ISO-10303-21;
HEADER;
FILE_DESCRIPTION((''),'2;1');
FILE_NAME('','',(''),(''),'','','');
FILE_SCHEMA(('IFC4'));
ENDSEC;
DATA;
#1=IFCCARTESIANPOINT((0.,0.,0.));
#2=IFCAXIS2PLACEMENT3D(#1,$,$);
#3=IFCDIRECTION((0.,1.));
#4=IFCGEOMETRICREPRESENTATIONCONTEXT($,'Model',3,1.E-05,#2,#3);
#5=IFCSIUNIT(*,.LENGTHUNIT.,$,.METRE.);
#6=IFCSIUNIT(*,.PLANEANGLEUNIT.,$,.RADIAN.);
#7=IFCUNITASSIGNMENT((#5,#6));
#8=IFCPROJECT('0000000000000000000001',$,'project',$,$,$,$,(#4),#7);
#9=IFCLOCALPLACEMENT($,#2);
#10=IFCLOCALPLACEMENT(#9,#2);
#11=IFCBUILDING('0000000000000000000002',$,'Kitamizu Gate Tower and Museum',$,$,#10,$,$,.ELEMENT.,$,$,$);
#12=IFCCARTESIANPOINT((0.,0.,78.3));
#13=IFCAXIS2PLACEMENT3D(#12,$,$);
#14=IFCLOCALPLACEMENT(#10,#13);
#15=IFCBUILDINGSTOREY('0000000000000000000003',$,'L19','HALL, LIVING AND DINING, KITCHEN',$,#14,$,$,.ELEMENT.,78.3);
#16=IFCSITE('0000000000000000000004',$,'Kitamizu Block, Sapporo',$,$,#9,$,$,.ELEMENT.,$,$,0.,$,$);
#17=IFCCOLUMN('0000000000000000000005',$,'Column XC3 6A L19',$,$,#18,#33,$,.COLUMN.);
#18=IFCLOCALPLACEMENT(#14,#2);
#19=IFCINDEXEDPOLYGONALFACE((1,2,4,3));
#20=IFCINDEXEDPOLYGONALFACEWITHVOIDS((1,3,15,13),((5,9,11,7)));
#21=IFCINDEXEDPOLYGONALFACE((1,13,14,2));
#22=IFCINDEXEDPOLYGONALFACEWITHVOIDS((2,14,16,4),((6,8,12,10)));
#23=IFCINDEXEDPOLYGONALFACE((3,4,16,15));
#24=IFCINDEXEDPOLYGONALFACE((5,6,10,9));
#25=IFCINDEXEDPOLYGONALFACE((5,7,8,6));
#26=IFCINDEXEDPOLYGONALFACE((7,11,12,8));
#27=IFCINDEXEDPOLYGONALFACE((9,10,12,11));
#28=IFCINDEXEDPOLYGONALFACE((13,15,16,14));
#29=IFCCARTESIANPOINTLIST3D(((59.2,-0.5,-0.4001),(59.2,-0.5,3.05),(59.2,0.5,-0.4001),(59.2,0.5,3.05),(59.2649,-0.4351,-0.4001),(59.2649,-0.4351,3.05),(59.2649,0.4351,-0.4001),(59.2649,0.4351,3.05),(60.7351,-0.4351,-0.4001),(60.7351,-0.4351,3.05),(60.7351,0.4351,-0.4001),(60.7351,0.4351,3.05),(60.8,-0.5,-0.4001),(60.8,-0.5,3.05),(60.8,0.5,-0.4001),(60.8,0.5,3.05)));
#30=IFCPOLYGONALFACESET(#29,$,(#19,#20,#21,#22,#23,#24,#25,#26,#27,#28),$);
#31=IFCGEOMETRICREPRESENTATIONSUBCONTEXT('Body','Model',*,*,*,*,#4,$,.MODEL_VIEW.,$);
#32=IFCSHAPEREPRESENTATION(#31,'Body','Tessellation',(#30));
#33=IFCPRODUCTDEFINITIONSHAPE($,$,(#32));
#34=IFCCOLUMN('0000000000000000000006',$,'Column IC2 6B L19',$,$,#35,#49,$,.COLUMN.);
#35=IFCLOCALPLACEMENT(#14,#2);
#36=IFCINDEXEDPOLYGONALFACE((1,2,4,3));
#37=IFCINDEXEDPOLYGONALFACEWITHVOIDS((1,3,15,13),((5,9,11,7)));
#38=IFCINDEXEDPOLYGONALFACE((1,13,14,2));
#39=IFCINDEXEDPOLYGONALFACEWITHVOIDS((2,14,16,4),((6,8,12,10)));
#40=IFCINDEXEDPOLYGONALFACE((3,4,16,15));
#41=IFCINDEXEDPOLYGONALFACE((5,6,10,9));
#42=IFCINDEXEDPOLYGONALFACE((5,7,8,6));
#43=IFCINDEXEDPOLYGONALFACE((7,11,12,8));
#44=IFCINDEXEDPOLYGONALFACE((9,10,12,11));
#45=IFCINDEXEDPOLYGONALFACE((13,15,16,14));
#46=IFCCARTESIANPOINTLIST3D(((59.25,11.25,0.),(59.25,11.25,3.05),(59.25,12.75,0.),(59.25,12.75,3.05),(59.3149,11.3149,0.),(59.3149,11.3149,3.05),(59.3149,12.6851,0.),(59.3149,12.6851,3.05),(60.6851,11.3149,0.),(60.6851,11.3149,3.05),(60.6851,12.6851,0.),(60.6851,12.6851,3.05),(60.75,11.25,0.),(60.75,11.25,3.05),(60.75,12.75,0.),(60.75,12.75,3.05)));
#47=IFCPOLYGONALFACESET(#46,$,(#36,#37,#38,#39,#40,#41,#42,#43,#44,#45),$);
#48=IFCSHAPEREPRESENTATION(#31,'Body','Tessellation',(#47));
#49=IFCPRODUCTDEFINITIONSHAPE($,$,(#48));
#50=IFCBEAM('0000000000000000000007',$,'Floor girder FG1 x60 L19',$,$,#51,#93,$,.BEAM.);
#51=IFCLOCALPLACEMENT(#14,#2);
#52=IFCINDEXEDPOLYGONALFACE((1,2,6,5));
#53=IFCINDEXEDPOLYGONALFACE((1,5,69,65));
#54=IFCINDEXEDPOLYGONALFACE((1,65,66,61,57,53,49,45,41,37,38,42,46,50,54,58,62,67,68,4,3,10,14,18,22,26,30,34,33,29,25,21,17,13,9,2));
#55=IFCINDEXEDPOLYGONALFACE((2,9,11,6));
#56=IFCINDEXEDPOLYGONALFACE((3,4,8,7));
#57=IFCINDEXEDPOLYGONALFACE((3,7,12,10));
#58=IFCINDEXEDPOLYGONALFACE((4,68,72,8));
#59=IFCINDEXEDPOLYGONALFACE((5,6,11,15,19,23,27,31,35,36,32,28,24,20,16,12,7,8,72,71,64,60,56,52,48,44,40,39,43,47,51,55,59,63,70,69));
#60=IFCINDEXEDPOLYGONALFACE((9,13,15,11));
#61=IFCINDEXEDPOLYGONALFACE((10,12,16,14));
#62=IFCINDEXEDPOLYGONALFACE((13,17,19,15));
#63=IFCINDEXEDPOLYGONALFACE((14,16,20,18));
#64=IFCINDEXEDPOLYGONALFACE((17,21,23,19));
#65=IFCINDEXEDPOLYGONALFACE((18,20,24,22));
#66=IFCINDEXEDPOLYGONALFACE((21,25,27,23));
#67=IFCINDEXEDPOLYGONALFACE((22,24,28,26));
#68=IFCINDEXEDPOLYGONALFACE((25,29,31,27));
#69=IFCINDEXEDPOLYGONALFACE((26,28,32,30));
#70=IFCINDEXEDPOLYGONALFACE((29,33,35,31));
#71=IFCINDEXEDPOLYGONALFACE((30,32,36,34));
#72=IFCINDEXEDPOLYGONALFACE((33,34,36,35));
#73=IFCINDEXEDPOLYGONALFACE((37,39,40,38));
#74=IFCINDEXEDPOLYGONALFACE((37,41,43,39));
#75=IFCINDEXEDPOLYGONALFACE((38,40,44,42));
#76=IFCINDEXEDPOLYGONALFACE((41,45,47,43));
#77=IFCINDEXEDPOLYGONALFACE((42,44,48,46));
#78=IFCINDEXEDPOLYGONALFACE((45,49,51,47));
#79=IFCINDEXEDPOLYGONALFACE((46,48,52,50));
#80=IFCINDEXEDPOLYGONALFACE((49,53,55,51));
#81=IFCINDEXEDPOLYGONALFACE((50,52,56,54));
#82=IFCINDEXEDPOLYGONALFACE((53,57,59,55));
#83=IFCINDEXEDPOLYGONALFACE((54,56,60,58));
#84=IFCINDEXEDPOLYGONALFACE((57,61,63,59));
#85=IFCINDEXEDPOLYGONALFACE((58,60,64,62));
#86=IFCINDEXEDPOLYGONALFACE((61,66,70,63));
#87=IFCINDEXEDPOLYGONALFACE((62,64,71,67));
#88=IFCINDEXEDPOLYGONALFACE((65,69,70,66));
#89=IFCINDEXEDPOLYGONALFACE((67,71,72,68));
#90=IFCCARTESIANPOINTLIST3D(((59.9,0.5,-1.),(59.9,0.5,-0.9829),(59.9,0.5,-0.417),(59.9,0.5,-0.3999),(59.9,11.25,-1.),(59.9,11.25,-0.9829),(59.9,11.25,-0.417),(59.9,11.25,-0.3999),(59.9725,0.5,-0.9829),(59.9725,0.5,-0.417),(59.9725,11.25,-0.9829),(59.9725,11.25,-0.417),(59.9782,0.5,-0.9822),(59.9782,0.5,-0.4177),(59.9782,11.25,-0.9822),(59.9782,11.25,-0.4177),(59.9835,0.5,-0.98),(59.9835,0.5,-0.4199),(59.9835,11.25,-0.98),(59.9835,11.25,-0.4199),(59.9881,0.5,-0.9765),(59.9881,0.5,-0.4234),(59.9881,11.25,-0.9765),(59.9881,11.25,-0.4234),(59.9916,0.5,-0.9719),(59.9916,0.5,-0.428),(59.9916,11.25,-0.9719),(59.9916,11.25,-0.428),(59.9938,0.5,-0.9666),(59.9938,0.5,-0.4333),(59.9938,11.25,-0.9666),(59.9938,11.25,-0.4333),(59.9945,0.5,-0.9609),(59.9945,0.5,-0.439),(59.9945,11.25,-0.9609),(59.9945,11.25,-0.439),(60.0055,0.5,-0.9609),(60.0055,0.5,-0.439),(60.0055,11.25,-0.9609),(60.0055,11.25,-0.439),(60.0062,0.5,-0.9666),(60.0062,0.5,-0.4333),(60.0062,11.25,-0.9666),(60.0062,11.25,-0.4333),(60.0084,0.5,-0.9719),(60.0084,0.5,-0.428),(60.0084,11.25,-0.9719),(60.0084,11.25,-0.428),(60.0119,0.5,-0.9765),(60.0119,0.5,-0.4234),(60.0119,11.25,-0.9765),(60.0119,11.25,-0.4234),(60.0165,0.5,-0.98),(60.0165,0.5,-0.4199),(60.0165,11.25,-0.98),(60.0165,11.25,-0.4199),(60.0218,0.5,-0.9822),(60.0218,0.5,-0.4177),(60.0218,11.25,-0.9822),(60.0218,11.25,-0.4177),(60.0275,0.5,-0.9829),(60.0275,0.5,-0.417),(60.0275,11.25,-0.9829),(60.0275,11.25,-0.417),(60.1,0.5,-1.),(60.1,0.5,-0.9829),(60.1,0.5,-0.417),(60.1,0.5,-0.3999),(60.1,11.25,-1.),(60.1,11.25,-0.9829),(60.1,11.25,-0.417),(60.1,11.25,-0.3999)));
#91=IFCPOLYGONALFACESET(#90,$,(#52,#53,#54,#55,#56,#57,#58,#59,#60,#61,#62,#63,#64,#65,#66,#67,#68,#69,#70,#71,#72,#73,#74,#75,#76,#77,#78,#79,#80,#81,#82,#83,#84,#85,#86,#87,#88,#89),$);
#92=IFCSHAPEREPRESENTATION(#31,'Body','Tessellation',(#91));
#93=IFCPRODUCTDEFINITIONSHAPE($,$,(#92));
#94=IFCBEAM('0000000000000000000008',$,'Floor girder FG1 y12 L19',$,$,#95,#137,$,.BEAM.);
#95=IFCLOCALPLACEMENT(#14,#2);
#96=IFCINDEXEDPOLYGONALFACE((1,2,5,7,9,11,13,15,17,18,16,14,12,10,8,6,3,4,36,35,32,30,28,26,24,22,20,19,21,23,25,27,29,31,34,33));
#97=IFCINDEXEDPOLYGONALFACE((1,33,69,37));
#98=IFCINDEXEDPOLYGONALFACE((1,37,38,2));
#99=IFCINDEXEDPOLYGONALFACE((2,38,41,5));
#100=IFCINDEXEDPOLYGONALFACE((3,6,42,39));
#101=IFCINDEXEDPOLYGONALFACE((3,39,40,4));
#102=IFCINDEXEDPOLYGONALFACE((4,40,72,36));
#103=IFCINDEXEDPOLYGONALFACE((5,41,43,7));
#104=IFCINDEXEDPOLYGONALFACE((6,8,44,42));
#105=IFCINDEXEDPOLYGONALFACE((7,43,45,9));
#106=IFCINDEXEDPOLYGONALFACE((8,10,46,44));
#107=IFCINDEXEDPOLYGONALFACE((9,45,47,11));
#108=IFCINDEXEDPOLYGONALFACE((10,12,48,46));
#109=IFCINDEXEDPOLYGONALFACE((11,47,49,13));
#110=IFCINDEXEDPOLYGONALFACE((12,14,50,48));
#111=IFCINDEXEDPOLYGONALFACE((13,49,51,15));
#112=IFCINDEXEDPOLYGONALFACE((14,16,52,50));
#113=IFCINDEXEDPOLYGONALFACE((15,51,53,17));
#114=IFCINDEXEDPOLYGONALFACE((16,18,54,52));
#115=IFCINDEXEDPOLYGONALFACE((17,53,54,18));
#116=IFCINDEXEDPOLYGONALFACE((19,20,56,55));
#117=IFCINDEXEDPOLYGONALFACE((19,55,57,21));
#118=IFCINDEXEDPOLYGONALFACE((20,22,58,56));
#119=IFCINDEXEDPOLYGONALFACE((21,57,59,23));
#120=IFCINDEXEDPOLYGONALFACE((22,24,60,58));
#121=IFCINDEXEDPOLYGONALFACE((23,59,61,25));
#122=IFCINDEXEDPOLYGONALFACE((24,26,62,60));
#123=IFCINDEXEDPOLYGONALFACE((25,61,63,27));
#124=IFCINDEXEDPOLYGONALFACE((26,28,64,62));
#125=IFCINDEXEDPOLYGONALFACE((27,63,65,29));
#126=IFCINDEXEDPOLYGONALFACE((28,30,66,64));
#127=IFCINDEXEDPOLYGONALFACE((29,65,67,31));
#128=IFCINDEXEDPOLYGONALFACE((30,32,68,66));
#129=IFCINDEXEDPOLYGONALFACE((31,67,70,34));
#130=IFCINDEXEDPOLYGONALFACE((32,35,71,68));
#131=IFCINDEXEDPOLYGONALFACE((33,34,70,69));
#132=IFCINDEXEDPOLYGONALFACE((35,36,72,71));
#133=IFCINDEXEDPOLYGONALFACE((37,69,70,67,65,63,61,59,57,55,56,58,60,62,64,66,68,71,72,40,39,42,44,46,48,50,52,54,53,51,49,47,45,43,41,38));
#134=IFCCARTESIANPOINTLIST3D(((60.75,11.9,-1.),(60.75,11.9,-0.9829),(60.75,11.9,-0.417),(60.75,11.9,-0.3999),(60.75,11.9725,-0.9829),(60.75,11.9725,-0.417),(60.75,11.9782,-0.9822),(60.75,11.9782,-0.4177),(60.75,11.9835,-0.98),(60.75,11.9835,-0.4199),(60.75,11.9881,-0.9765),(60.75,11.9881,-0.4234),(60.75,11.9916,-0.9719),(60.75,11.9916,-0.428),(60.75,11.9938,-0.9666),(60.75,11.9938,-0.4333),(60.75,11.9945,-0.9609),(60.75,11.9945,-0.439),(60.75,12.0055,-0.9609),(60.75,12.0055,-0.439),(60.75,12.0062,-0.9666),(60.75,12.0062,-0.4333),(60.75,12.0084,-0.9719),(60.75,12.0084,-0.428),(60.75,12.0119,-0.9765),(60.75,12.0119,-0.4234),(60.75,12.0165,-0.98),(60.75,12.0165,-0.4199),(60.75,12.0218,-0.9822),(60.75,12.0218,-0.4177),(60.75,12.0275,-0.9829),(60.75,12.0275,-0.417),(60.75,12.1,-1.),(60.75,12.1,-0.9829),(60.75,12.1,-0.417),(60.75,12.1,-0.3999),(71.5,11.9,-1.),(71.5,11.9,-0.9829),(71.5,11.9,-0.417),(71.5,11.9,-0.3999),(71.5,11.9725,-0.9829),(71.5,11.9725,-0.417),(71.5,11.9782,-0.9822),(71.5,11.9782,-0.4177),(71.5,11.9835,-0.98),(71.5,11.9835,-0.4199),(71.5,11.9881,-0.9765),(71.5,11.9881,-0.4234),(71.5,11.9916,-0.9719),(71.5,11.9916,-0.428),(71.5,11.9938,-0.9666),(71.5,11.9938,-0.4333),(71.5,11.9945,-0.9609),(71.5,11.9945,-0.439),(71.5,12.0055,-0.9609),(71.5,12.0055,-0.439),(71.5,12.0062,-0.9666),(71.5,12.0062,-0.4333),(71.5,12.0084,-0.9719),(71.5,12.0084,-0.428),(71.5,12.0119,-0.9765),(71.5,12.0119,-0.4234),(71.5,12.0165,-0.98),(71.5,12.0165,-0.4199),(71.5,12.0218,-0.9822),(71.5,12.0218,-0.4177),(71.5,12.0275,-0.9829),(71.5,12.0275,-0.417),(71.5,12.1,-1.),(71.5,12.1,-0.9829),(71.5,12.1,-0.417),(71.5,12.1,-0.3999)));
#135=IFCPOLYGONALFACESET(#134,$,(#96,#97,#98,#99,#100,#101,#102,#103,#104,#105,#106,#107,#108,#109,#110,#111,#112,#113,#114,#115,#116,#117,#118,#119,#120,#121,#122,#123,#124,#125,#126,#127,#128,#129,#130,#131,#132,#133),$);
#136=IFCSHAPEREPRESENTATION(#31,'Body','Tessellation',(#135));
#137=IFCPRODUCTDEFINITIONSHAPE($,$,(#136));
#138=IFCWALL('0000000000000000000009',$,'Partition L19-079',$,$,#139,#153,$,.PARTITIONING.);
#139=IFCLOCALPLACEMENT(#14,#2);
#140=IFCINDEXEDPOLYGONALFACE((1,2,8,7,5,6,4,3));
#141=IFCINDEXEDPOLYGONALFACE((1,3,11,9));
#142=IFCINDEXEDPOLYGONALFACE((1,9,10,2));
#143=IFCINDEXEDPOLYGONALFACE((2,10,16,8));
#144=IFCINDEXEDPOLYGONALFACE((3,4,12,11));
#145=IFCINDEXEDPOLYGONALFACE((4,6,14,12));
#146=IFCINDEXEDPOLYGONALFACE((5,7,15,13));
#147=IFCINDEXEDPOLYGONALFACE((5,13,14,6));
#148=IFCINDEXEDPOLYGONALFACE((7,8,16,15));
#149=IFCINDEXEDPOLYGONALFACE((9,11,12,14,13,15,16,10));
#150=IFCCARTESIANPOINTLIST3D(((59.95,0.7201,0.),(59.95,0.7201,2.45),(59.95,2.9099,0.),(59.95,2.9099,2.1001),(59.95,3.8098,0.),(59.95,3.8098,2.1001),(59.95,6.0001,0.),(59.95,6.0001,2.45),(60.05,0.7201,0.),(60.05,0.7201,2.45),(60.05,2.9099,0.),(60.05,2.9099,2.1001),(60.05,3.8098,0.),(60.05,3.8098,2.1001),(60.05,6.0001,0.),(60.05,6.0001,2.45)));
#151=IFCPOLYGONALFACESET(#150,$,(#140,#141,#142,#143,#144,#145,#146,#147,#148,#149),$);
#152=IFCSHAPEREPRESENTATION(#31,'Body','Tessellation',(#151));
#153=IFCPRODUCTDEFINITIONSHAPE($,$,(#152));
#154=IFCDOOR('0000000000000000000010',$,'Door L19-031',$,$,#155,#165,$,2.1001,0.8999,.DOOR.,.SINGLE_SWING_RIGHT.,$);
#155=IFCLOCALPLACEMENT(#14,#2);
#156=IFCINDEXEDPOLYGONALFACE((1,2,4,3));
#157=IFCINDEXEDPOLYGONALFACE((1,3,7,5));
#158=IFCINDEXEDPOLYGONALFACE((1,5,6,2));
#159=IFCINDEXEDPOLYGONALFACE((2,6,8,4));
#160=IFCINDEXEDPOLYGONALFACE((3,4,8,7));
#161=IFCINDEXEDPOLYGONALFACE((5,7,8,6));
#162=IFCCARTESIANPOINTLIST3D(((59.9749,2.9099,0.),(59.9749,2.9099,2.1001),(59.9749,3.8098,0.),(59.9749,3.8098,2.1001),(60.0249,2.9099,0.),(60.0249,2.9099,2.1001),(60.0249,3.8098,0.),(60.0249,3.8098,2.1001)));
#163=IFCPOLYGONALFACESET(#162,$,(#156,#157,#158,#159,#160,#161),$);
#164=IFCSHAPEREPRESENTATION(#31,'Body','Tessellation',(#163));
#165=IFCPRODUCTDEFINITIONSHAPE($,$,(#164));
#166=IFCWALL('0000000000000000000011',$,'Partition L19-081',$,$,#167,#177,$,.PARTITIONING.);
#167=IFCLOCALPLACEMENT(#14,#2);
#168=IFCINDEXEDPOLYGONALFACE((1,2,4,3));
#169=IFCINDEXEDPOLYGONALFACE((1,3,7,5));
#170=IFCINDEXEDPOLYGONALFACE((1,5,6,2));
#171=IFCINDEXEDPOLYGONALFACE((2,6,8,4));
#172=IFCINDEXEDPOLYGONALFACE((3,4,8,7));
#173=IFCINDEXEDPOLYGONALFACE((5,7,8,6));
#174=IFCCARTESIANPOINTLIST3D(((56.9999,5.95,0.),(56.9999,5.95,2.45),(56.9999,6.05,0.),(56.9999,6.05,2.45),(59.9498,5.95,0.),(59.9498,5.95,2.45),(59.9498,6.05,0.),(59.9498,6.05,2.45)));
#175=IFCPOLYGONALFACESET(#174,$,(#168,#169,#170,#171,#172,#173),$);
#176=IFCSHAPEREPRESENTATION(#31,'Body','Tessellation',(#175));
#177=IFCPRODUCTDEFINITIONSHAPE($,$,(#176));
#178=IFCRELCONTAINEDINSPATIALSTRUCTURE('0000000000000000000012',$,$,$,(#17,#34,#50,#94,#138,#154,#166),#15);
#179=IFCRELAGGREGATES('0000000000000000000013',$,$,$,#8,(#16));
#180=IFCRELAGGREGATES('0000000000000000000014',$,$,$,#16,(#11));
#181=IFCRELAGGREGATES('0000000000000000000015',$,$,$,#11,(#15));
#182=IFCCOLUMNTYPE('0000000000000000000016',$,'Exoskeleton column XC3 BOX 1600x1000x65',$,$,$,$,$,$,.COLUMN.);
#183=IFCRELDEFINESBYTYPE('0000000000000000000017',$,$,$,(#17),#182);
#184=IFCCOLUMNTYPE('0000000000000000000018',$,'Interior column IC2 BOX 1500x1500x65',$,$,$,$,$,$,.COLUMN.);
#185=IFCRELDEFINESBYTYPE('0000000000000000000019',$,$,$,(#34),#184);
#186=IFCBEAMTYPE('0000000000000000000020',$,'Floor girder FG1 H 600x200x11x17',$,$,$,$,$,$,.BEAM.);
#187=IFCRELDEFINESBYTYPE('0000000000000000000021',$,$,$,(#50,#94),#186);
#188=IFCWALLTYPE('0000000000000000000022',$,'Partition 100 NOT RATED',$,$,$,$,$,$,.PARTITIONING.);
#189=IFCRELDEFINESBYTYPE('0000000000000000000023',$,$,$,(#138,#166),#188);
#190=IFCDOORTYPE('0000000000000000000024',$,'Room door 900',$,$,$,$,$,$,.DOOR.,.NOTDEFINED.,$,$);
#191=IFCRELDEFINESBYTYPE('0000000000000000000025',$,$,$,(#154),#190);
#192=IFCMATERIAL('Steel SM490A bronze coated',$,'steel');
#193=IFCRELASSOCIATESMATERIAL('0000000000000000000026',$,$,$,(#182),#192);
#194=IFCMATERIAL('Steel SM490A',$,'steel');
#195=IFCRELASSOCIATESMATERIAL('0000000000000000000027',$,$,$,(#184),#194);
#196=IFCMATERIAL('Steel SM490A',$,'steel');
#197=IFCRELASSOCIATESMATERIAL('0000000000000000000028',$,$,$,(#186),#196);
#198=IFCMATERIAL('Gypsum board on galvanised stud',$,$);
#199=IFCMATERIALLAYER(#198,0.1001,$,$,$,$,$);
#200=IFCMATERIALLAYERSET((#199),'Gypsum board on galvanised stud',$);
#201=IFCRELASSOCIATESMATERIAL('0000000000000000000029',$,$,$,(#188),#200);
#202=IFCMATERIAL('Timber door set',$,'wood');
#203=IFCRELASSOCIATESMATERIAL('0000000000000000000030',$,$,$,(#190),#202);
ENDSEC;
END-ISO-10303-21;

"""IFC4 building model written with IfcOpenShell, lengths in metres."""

from ifc_helpers import new_model, si_unit, direction, frame, frame_2d, origin, origin_2d, place, context, subcontext, project, spatial, rectangle, hollow_rectangle, i_section, extrude, material, layer, layer_set, material_profile, profile_set, type_object, element, fill, save


model = new_model("IFC4")

# Units and contexts
model_context = context("Model", 3, precision=1e-05, world=origin(), true_north=direction((0.0, 1.0)))
body_context = subcontext(model_context, "Body", "Model", "MODEL_VIEW")
ifc_project = project(units=[si_unit("LENGTHUNIT", "METRE"), si_unit("PLANEANGLEUNIT", "RADIAN")], contexts=[model_context])

# Site, building, storey
site_placement = place(None, origin())
site = spatial("IfcSite", under=ifc_project, at=site_placement, Name="Kitamizu Block, Sapporo", CompositionType="ELEMENT", RefElevation=0.0)
building_placement = place(site_placement, origin())
building = spatial("IfcBuilding", under=site, at=building_placement, Name="Kitamizu Gate Tower and Museum", CompositionType="ELEMENT")
storey_placement = place(building_placement, frame((0.0, 0.0, 78.3)))
storey = spatial("IfcBuildingStorey", under=building, at=storey_placement, Name="L19", Description="HALL, LIVING AND DINING, KITCHEN", CompositionType="ELEMENT", Elevation=78.3)

# Columns
ifc_material_1 = material(Name="Steel SM490A bronze coated", Category="steel")
ifc_material_profile_1 = material_profile(ifc_material_1, hollow_rectangle(XDim=1.6001, YDim=1.0, WallThickness=0.0649, at=origin_2d()), Name="BOX 1600x1000x65")
ifc_profile_set_1 = profile_set([ifc_material_profile_1], Name="Steel SM490A bronze coated")
column_type_1 = type_object("IfcColumnType", Name="Exoskeleton column XC3 BOX 1600x1000x65", PredefinedType="COLUMN", material=ifc_profile_set_1)
column_1_placement = place(storey_placement, frame((60.0, 0.0, -0.4001), z_axis=(0.0, 0.0, 1.0), x_axis=(1.0, 0.0, 0.0)))
element("IfcColumn", 1, at=column_1_placement, inside=storey, type_object=column_type_1, Name="Column XC3 6A L19", PredefinedType="COLUMN", context=body_context, shape_type="SweptSolid", body=[
    extrude(hollow_rectangle(XDim=1.6001, YDim=1.0, WallThickness=0.0649, at=origin_2d()), origin(), (0.0, 0.0, 1.0), 3.4502),
])
ifc_material_2 = material(Name="Steel SM490A", Category="steel")
ifc_material_profile_2 = material_profile(ifc_material_2, hollow_rectangle(XDim=1.5, YDim=1.5, WallThickness=0.0649, at=origin_2d()), Name="BOX 1500x1500x65")
ifc_profile_set_2 = profile_set([ifc_material_profile_2], Name="Steel SM490A")
column_type_2 = type_object("IfcColumnType", Name="Interior column IC2 BOX 1500x1500x65", PredefinedType="COLUMN", material=ifc_profile_set_2)
column_2_placement = place(storey_placement, frame((60.0, 12.0, 0.0), z_axis=(0.0, 0.0, 1.0), x_axis=(1.0, 0.0, 0.0)))
element("IfcColumn", 2, at=column_2_placement, inside=storey, type_object=column_type_2, Name="Column IC2 6B L19", PredefinedType="COLUMN", context=body_context, shape_type="SweptSolid", body=[
    extrude(hollow_rectangle(XDim=1.5, YDim=1.5, WallThickness=0.0649, at=origin_2d()), origin(), (0.0, 0.0, 1.0), 3.05),
])

# Beams
ifc_material_3 = material(Name="Steel SM490A", Category="steel")
ifc_material_profile_3 = material_profile(ifc_material_3, i_section(OverallWidth=0.2, OverallDepth=0.6001, WebThickness=0.011, FlangeThickness=0.0171, FilletRadius=0.022, at=origin_2d()), Name="H-600x200x11x17")
ifc_profile_set_3 = profile_set([ifc_material_profile_3], Name="Steel SM490A")
beam_type = type_object("IfcBeamType", Name="Floor girder FG1 H 600x200x11x17", PredefinedType="BEAM", material=ifc_profile_set_3)
for number, where, z_axis, x_axis, name in (
    (3, (60.0, 0.5, -0.7), (0.0, 1.0, 0.0), (-1.0, 0.0, 0.0), "Floor girder FG1 x60 L19"),
    (4, (60.75, 12.0, -0.7), (1.0, 0.0, 0.0), (0.0, 1.0, 0.0), "Floor girder FG1 y12 L19"),
):
    element("IfcBeam", number, at=place(storey_placement, frame(where, z_axis=z_axis, x_axis=x_axis)), inside=storey, type_object=beam_type, Name=name, PredefinedType="BEAM", context=body_context, shape_type="SweptSolid", body=[
        extrude(i_section(OverallWidth=0.2, OverallDepth=0.6001, WebThickness=0.011, FlangeThickness=0.0171, FilletRadius=0.022, at=origin_2d()), origin(), (0.0, 0.0, 1.0), 10.75),
    ])

# Wall, opening, door
ifc_material_4 = material(Name="Gypsum board on galvanised stud")
ifc_layer_1 = layer(ifc_material_4, 0.1001)
ifc_layer_set_1 = layer_set([ifc_layer_1], Name="Gypsum board on galvanised stud")
wall_type_1 = type_object("IfcWallType", Name="Partition 100 NOT RATED", PredefinedType="PARTITIONING", material=ifc_layer_set_1)
wall_1_placement = place(storey_placement, frame((60.0, 0.72, 0.0), z_axis=(0.0, 0.0, 1.0), x_axis=(0.0, 1.0, 0.0)))
wall_1 = element("IfcWall", 5, at=wall_1_placement, inside=storey, type_object=wall_type_1, Name="Partition L19-079", PredefinedType="PARTITIONING", context=body_context, shape_type="SweptSolid", body=[
    extrude(rectangle(XDim=5.28, YDim=0.1001, at=frame_2d((2.6401, 0.0))), origin(), (0.0, 0.0, 1.0), 2.45),
])
opening_1_placement = place(wall_1_placement, frame((2.1899, 0.0, 0.0)))
opening_1 = element("IfcOpeningElement", 6, at=opening_1_placement, cuts=wall_1, PredefinedType="OPENING", context=body_context, shape_type="SweptSolid", body=[
    extrude(rectangle(XDim=0.8999, YDim=2.1001, at=frame_2d((0.45, 1.05))), frame((0.0, 0.0601, 0.0), z_axis=(0.0, -1.0, 0.0), x_axis=(1.0, 0.0, 0.0)), (0.0, 0.0, 1.0), 0.1201),
])
ifc_material_5 = material(Name="Timber door set", Category="wood")
door_type = type_object("IfcDoorType", Name="Room door 900", OperationType="NOTDEFINED", PredefinedType="DOOR", material=ifc_material_5)
door_1_placement = place(opening_1_placement, frame((0.8999, 0.0, 0.0), x_axis=(-1.0, 0.0, 0.0)))
door_1 = element("IfcDoor", 7, at=door_1_placement, inside=storey, type_object=door_type, Name="Door L19-031", OperationType="SINGLE_SWING_RIGHT", OverallHeight=2.1001, OverallWidth=0.8999, PredefinedType="DOOR", context=body_context, shape_type="SweptSolid", body=[
    extrude(rectangle(XDim=0.8999, YDim=2.1001, at=frame_2d((0.45, 1.05))), frame((0.0, 0.0249, 0.0), z_axis=(0.0, -1.0, 0.0), x_axis=(1.0, 0.0, 0.0)), (0.0, 0.0, 1.0), 0.05),
])
fill(opening_1, door_1)

# Wall
wall_2_placement = place(storey_placement, frame((59.95, 6.0, 0.0), z_axis=(0.0, 0.0, 1.0), x_axis=(-1.0, 0.0, 0.0)))
element("IfcWall", 8, at=wall_2_placement, inside=storey, type_object=wall_type_1, Name="Partition L19-081", PredefinedType="PARTITIONING", context=body_context, shape_type="SweptSolid", body=[
    extrude(rectangle(XDim=2.95, YDim=0.1001, at=frame_2d((1.4751, 0.0))), origin(), (0.0, 0.0, 1.0), 2.45),
])

save(model, "model.ifc")
